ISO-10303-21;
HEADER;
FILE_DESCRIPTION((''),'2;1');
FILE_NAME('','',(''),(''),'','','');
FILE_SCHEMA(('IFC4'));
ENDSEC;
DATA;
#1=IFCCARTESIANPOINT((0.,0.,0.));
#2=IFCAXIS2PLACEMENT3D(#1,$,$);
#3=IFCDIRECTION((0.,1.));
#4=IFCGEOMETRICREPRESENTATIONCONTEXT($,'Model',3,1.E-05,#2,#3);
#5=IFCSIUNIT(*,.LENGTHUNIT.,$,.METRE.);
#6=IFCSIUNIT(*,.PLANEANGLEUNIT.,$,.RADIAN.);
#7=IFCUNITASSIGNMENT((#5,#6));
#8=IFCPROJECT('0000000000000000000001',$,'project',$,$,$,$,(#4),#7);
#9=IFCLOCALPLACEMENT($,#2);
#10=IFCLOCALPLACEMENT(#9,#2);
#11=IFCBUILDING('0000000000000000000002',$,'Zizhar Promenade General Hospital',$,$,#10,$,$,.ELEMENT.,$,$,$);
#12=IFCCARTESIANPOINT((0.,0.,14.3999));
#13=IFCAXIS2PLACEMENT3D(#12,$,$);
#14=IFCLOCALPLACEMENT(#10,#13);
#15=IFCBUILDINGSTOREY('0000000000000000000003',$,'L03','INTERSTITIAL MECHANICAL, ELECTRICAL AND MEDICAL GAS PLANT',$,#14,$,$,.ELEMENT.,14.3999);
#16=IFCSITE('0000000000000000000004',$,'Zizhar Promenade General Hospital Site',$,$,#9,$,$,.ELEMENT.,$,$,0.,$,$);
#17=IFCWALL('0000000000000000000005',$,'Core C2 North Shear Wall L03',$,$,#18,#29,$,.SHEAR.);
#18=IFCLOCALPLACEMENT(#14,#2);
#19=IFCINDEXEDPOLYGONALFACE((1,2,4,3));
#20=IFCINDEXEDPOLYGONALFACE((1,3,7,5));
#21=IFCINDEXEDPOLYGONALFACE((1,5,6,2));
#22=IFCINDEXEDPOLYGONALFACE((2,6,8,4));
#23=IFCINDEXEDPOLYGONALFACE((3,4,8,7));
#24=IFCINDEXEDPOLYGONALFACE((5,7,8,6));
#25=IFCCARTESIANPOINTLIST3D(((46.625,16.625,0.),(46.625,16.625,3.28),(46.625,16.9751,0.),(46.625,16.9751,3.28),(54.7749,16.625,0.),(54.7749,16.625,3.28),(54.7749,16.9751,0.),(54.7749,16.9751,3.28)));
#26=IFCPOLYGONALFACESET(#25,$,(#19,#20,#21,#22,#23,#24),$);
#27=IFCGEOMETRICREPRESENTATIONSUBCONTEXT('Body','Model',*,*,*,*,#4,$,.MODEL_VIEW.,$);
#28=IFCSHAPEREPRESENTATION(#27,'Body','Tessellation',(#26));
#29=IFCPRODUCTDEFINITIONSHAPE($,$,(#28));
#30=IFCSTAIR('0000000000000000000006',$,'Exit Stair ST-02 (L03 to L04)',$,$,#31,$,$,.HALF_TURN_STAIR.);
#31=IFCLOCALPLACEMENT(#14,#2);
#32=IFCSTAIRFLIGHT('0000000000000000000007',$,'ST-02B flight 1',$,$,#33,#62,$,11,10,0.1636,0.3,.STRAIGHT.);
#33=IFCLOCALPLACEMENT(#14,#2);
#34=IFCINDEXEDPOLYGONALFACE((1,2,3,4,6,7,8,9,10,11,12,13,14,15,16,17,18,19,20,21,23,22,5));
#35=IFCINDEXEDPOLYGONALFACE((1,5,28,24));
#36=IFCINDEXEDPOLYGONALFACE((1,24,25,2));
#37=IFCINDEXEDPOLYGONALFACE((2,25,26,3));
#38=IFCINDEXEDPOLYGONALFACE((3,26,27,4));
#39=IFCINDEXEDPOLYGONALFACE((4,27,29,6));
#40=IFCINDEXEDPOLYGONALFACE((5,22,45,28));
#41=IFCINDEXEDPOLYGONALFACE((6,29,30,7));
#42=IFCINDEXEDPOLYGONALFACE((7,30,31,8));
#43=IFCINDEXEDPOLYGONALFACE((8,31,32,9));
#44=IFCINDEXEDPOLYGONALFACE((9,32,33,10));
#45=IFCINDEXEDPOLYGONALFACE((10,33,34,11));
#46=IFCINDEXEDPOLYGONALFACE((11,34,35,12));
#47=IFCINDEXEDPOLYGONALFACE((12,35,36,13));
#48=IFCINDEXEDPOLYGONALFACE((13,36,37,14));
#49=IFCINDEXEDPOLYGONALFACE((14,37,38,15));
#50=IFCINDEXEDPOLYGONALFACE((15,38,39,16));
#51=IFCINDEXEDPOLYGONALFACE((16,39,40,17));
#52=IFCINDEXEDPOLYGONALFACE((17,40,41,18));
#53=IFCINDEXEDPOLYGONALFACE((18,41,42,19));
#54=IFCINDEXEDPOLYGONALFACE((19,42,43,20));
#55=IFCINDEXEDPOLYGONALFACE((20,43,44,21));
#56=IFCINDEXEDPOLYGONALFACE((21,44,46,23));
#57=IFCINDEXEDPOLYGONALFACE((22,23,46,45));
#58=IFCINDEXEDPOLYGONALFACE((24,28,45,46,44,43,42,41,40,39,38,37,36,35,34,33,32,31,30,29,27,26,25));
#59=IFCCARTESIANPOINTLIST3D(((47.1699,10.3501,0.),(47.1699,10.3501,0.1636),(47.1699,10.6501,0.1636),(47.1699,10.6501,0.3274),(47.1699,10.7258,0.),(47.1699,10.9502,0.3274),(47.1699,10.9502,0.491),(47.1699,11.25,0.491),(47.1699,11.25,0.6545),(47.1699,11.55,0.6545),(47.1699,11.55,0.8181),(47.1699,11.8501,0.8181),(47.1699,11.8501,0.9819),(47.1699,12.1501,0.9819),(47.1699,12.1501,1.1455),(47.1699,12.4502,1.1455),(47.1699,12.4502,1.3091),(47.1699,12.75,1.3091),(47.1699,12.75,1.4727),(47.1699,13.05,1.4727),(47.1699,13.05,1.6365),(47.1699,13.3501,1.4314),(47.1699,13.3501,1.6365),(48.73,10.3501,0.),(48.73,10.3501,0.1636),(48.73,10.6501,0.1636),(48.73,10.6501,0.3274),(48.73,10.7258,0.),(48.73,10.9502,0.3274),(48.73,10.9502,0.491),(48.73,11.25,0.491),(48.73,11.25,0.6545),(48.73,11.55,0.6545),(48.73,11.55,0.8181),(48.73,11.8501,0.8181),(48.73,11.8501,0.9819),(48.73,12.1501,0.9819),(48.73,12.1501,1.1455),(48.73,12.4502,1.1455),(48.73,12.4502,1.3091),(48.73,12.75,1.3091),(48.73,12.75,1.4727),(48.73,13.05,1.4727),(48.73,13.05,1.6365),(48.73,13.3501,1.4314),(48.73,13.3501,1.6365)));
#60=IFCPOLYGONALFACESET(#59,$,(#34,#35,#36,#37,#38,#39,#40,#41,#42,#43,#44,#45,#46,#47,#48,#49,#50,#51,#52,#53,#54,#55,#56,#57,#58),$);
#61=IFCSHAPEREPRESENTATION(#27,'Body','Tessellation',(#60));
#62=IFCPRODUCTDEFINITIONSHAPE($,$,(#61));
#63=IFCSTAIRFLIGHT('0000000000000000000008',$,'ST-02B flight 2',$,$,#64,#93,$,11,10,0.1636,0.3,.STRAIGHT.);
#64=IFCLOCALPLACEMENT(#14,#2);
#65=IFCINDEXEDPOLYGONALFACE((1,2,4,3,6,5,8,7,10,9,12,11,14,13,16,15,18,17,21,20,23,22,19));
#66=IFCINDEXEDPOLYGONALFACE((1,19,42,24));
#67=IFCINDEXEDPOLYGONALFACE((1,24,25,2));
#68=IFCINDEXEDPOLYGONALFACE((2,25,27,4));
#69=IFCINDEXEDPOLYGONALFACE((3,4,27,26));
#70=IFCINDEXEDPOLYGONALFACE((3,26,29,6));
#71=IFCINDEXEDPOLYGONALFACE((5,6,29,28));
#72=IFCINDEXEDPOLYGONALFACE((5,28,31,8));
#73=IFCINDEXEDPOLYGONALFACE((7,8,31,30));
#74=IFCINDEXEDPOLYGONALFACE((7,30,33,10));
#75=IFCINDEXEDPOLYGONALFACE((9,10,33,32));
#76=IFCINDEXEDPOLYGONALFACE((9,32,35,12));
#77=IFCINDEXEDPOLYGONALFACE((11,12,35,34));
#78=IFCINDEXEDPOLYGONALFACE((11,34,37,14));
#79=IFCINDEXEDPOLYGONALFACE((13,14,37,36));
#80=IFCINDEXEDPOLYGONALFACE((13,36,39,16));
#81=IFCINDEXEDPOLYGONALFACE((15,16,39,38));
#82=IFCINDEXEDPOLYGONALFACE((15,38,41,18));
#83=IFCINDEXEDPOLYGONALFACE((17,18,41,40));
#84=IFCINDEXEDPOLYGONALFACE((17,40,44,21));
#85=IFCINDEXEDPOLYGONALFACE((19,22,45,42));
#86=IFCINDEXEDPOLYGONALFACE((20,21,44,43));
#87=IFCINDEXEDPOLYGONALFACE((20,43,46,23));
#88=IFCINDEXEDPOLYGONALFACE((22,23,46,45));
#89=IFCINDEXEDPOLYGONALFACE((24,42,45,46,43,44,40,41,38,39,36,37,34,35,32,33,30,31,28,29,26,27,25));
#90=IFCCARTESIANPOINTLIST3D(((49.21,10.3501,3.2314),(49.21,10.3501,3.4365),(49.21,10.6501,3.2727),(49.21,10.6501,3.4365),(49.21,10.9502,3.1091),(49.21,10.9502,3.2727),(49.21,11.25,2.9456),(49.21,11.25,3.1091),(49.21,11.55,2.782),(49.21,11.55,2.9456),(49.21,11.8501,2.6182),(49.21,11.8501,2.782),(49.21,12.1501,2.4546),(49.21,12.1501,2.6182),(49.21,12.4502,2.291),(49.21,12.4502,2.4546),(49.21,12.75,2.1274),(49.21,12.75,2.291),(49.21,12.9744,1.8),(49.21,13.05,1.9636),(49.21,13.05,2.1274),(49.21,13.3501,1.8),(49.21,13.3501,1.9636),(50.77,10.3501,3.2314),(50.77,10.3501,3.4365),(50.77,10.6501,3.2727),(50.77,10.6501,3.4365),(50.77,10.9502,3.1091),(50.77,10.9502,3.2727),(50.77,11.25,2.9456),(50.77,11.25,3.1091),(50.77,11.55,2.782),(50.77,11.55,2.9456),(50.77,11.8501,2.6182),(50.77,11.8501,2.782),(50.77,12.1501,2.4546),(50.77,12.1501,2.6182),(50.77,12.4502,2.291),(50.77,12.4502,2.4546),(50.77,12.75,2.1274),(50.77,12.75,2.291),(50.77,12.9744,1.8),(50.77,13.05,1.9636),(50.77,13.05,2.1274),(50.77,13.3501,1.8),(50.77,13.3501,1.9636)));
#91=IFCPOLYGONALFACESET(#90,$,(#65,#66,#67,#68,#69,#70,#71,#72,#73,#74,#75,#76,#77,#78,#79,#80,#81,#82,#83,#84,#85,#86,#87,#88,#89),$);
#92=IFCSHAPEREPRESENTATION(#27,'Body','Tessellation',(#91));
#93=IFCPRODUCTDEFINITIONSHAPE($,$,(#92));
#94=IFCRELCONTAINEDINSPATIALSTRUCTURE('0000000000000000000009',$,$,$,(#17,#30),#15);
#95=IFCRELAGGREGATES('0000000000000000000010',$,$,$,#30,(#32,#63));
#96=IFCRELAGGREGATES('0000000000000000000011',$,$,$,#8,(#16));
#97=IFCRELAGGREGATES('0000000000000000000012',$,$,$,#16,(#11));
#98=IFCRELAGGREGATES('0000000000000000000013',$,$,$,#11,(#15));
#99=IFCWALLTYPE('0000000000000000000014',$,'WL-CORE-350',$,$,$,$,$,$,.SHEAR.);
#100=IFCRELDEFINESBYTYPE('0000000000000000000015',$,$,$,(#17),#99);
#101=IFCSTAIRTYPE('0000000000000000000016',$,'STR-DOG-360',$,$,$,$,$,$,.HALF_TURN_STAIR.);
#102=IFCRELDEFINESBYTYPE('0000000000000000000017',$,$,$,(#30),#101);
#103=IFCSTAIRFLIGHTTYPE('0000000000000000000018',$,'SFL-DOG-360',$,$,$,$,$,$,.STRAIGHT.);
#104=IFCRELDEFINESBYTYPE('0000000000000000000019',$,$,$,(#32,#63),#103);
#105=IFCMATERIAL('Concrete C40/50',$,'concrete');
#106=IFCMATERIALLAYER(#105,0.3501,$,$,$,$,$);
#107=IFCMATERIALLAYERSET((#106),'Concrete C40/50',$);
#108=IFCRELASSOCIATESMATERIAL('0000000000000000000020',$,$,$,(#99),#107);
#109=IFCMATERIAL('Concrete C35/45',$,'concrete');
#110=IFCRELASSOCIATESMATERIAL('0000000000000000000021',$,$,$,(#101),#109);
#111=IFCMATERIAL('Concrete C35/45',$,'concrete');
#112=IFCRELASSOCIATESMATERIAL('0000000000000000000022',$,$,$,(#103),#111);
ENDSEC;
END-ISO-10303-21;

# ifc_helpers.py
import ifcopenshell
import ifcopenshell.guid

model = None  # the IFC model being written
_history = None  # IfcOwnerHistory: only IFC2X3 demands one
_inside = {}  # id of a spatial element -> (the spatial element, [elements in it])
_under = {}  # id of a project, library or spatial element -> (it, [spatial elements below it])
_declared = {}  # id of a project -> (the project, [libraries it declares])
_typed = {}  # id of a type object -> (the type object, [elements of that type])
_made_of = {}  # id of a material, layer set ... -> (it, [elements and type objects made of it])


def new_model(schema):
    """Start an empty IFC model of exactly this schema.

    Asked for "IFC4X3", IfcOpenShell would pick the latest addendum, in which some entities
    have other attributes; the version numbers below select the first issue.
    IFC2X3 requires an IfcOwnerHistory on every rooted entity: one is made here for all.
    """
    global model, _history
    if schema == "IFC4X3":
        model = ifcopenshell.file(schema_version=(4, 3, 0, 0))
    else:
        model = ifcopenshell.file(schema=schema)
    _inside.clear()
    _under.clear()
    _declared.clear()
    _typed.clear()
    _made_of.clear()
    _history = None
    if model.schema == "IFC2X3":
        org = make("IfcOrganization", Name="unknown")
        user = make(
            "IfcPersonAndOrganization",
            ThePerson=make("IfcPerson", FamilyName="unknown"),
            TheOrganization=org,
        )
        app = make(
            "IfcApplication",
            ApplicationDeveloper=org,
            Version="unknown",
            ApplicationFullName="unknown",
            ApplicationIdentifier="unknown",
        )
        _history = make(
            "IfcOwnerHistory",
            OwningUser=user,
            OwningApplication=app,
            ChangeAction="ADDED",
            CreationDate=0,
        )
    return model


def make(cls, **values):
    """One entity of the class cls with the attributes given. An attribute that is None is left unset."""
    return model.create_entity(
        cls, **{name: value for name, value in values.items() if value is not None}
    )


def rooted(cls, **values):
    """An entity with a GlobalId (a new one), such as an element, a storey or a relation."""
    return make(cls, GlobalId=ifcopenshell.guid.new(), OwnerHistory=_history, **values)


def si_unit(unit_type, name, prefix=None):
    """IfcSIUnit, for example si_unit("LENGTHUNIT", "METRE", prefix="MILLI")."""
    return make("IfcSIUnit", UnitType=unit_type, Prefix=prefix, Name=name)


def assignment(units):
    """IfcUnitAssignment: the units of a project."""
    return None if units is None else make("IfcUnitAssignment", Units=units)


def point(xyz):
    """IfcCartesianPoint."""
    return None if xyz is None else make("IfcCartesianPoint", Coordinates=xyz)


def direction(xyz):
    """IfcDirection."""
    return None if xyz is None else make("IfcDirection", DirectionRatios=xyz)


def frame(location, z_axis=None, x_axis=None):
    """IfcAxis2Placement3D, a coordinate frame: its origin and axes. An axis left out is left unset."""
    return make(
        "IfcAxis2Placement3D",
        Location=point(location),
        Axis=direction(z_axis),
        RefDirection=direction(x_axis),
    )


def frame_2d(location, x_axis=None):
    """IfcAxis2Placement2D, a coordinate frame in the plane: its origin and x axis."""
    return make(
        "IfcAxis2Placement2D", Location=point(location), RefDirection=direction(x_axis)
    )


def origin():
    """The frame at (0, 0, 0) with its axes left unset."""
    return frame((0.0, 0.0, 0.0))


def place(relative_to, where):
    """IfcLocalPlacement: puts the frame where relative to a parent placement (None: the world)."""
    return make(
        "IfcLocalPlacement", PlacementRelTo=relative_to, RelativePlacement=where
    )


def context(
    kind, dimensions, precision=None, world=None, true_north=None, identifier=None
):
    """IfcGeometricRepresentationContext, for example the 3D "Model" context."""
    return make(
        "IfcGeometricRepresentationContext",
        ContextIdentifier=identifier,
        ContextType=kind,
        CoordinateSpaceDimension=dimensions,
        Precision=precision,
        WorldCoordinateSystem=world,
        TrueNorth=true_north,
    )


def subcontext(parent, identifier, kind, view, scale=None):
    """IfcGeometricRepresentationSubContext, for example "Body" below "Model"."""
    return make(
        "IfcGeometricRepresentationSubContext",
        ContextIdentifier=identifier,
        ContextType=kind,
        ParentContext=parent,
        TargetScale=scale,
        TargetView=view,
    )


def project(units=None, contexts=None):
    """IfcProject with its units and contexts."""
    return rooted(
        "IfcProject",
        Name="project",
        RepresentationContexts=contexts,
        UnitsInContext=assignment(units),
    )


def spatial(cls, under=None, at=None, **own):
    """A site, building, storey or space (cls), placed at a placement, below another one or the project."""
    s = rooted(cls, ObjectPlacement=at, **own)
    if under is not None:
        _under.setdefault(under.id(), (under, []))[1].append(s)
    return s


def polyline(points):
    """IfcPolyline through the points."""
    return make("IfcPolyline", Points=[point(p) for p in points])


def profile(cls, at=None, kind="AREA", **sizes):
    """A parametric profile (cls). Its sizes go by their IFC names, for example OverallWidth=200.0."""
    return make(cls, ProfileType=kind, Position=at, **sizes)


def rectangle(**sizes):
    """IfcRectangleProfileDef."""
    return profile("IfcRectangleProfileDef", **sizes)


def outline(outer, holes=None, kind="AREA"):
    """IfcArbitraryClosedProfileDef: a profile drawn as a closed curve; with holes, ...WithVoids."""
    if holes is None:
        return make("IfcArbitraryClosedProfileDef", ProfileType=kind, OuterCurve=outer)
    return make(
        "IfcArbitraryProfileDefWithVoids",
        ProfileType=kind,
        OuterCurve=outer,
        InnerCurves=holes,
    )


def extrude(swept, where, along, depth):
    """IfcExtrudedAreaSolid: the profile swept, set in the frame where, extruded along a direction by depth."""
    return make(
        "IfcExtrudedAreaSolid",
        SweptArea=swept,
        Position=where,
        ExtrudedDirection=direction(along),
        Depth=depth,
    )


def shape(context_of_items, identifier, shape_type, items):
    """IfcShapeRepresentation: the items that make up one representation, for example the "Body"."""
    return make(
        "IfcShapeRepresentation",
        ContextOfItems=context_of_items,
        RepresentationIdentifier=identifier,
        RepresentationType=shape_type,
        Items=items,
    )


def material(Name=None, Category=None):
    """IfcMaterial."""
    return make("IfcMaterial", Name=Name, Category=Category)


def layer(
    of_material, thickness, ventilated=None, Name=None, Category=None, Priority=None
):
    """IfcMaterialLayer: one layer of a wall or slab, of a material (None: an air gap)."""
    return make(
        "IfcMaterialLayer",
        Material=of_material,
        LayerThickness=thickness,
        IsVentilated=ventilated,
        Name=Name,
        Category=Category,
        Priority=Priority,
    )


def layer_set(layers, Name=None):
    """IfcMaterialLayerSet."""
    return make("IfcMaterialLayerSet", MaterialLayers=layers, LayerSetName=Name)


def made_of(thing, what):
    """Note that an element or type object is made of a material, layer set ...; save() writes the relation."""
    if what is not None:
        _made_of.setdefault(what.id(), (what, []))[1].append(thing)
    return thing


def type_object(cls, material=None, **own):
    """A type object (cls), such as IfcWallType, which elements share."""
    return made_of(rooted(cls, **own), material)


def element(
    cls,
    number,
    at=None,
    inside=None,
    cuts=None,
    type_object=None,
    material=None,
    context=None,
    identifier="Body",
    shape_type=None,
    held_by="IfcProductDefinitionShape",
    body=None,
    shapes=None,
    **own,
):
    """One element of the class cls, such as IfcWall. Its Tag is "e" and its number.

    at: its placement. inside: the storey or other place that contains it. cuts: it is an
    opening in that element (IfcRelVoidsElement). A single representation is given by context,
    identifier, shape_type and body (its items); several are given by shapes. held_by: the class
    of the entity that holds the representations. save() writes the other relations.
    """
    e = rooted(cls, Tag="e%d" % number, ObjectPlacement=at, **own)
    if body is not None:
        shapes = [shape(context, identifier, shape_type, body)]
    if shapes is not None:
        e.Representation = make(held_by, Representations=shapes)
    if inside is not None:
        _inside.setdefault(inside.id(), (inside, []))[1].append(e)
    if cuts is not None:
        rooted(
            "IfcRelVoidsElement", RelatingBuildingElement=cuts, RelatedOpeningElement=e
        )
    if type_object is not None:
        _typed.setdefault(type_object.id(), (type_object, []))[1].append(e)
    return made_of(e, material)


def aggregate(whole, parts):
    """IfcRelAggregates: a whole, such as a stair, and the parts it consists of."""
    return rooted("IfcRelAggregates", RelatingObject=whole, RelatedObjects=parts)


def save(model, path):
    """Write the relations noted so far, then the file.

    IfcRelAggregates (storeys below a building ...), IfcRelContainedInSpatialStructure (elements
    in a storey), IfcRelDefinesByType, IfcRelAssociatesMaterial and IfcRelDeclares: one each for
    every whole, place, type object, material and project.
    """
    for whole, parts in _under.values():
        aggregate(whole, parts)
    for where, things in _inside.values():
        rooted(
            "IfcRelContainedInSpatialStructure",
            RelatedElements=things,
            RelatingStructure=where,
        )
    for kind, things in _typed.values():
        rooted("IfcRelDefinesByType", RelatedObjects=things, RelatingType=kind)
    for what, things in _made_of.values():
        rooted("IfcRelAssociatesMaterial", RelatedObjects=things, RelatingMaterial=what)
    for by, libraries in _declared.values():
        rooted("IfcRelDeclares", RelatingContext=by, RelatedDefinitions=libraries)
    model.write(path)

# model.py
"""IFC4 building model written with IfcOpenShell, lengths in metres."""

from ifc_helpers import new_model, si_unit, direction, frame, frame_2d, origin, place, context, subcontext, project, spatial, polyline, rectangle, outline, extrude, material, layer, layer_set, type_object, element, aggregate, save


model = new_model("IFC4")

# Units and contexts
model_context = context("Model", 3, precision=1e-05, world=origin(), true_north=direction((0.0, 1.0)))
body_context = subcontext(model_context, "Body", "Model", "MODEL_VIEW")
ifc_project = project(units=[si_unit("LENGTHUNIT", "METRE"), si_unit("PLANEANGLEUNIT", "RADIAN")], contexts=[model_context])

# Site, building, storey
site_placement = place(None, origin())
site = spatial("IfcSite", under=ifc_project, at=site_placement, Name="Zizhar Promenade General Hospital Site", CompositionType="ELEMENT", RefElevation=0.0)
building_placement = place(site_placement, origin())
building = spatial("IfcBuilding", under=site, at=building_placement, Name="Zizhar Promenade General Hospital", CompositionType="ELEMENT")
storey_placement = place(building_placement, frame((0.0, 0.0, 14.3999)))
storey = spatial("IfcBuildingStorey", under=building, at=storey_placement, Name="L03", Description="INTERSTITIAL MECHANICAL, ELECTRICAL AND MEDICAL GAS PLANT", CompositionType="ELEMENT", Elevation=14.3999)

# Wall
ifc_material_1 = material(Name="Concrete C40/50", Category="concrete")
ifc_layer_1 = layer(ifc_material_1, 0.3501)
ifc_layer_set_1 = layer_set([ifc_layer_1], Name="Concrete C40/50")
wall_type_1 = type_object("IfcWallType", Name="WL-CORE-350", PredefinedType="SHEAR", material=ifc_layer_set_1)
wall_1_placement = place(storey_placement, frame((46.625, 16.8, 0.0), z_axis=(0.0, 0.0, 1.0), x_axis=(1.0, 0.0, 0.0)))
element("IfcWall", 1, at=wall_1_placement, inside=storey, type_object=wall_type_1, Name="Core C2 North Shear Wall L03", PredefinedType="SHEAR", context=body_context, shape_type="SweptSolid", body=[
    extrude(rectangle(XDim=8.1499, YDim=0.3501, at=frame_2d((4.075, 0.0))), origin(), (0.0, 0.0, 1.0), 3.28),
])

# Stair, stair flights
ifc_material_2 = material(Name="Concrete C35/45", Category="concrete")
stair_type = type_object("IfcStairType", Name="STR-DOG-360", PredefinedType="HALF_TURN_STAIR", material=ifc_material_2)
stair_placement = place(storey_placement, origin())
stair = element("IfcStair", 2, at=stair_placement, inside=storey, type_object=stair_type, Name="Exit Stair ST-02 (L03 to L04)", PredefinedType="HALF_TURN_STAIR")
ifc_material_3 = material(Name="Concrete C35/45", Category="concrete")
stair_flight_type = type_object("IfcStairFlightType", Name="SFL-DOG-360", PredefinedType="STRAIGHT", material=ifc_material_3)
stair_flight_1_placement = place(storey_placement, frame((47.95, 10.3501, 0.0), z_axis=(0.0, 0.0, 1.0), x_axis=(0.0, 1.0, 0.0)))
stair_flight_1 = element("IfcStairFlight", 3, at=stair_flight_1_placement, type_object=stair_flight_type, Name="ST-02B flight 1", NumberOfRisers=11, NumberOfTreads=10, PredefinedType="STRAIGHT", RiserHeight=0.1636, TreadLength=0.3, context=body_context, shape_type="SweptSolid", body=[
    extrude(outline(polyline([(0.0, 0.0), (0.0, 0.1636), (0.3, 0.1636), (0.3, 0.3274), (0.6001, 0.3274), (0.6001, 0.491), (0.8999, 0.491), (0.8999, 0.6545), (1.2, 0.6545), (1.2, 0.8181), (1.5, 0.8181), (1.5, 0.9819), (1.8, 0.9819), (1.8, 1.1455), (2.1001, 1.1455), (2.1001, 1.3091), (2.3999, 1.3091), (2.3999, 1.4727), (2.7, 1.4727), (2.7, 1.6365), (3.0, 1.6365), (3.0, 1.8), (3.0, 1.4314), (0.3757, 0.0), (0.0, 0.0)])), frame((0.0, 0.78, 0.0), z_axis=(0.0, -1.0, 0.0), x_axis=(1.0, 0.0, 0.0)), (0.0, 0.0, 1.0), 1.5601),
])
stair_flight_2_placement = place(storey_placement, frame((49.99, 13.3501, 1.8), z_axis=(0.0, 0.0, 1.0), x_axis=(0.0, -1.0, 0.0)))
stair_flight_2 = element("IfcStairFlight", 4, at=stair_flight_2_placement, type_object=stair_flight_type, Name="ST-02B flight 2", NumberOfRisers=11, NumberOfTreads=10, PredefinedType="STRAIGHT", RiserHeight=0.1636, TreadLength=0.3, context=body_context, shape_type="SweptSolid", body=[
    extrude(outline(polyline([(0.0, 0.0), (0.0, 0.1636), (0.3, 0.1636), (0.3, 0.3274), (0.6001, 0.3274), (0.6001, 0.491), (0.8999, 0.491), (0.8999, 0.6545), (1.2, 0.6545), (1.2, 0.8181), (1.5, 0.8181), (1.5, 0.9819), (1.8, 0.9819), (1.8, 1.1455), (2.1001, 1.1455), (2.1001, 1.3091), (2.3999, 1.3091), (2.3999, 1.4727), (2.7, 1.4727), (2.7, 1.6365), (3.0, 1.6365), (3.0, 1.8), (3.0, 1.4314), (0.3757, 0.0), (0.0, 0.0)])), frame((0.0, 0.78, 0.0), z_axis=(0.0, -1.0, 0.0), x_axis=(1.0, 0.0, 0.0)), (0.0, 0.0, 1.0), 1.5601),
])
aggregate(stair, [stair_flight_1, stair_flight_2])

save(model, "model.ifc")
